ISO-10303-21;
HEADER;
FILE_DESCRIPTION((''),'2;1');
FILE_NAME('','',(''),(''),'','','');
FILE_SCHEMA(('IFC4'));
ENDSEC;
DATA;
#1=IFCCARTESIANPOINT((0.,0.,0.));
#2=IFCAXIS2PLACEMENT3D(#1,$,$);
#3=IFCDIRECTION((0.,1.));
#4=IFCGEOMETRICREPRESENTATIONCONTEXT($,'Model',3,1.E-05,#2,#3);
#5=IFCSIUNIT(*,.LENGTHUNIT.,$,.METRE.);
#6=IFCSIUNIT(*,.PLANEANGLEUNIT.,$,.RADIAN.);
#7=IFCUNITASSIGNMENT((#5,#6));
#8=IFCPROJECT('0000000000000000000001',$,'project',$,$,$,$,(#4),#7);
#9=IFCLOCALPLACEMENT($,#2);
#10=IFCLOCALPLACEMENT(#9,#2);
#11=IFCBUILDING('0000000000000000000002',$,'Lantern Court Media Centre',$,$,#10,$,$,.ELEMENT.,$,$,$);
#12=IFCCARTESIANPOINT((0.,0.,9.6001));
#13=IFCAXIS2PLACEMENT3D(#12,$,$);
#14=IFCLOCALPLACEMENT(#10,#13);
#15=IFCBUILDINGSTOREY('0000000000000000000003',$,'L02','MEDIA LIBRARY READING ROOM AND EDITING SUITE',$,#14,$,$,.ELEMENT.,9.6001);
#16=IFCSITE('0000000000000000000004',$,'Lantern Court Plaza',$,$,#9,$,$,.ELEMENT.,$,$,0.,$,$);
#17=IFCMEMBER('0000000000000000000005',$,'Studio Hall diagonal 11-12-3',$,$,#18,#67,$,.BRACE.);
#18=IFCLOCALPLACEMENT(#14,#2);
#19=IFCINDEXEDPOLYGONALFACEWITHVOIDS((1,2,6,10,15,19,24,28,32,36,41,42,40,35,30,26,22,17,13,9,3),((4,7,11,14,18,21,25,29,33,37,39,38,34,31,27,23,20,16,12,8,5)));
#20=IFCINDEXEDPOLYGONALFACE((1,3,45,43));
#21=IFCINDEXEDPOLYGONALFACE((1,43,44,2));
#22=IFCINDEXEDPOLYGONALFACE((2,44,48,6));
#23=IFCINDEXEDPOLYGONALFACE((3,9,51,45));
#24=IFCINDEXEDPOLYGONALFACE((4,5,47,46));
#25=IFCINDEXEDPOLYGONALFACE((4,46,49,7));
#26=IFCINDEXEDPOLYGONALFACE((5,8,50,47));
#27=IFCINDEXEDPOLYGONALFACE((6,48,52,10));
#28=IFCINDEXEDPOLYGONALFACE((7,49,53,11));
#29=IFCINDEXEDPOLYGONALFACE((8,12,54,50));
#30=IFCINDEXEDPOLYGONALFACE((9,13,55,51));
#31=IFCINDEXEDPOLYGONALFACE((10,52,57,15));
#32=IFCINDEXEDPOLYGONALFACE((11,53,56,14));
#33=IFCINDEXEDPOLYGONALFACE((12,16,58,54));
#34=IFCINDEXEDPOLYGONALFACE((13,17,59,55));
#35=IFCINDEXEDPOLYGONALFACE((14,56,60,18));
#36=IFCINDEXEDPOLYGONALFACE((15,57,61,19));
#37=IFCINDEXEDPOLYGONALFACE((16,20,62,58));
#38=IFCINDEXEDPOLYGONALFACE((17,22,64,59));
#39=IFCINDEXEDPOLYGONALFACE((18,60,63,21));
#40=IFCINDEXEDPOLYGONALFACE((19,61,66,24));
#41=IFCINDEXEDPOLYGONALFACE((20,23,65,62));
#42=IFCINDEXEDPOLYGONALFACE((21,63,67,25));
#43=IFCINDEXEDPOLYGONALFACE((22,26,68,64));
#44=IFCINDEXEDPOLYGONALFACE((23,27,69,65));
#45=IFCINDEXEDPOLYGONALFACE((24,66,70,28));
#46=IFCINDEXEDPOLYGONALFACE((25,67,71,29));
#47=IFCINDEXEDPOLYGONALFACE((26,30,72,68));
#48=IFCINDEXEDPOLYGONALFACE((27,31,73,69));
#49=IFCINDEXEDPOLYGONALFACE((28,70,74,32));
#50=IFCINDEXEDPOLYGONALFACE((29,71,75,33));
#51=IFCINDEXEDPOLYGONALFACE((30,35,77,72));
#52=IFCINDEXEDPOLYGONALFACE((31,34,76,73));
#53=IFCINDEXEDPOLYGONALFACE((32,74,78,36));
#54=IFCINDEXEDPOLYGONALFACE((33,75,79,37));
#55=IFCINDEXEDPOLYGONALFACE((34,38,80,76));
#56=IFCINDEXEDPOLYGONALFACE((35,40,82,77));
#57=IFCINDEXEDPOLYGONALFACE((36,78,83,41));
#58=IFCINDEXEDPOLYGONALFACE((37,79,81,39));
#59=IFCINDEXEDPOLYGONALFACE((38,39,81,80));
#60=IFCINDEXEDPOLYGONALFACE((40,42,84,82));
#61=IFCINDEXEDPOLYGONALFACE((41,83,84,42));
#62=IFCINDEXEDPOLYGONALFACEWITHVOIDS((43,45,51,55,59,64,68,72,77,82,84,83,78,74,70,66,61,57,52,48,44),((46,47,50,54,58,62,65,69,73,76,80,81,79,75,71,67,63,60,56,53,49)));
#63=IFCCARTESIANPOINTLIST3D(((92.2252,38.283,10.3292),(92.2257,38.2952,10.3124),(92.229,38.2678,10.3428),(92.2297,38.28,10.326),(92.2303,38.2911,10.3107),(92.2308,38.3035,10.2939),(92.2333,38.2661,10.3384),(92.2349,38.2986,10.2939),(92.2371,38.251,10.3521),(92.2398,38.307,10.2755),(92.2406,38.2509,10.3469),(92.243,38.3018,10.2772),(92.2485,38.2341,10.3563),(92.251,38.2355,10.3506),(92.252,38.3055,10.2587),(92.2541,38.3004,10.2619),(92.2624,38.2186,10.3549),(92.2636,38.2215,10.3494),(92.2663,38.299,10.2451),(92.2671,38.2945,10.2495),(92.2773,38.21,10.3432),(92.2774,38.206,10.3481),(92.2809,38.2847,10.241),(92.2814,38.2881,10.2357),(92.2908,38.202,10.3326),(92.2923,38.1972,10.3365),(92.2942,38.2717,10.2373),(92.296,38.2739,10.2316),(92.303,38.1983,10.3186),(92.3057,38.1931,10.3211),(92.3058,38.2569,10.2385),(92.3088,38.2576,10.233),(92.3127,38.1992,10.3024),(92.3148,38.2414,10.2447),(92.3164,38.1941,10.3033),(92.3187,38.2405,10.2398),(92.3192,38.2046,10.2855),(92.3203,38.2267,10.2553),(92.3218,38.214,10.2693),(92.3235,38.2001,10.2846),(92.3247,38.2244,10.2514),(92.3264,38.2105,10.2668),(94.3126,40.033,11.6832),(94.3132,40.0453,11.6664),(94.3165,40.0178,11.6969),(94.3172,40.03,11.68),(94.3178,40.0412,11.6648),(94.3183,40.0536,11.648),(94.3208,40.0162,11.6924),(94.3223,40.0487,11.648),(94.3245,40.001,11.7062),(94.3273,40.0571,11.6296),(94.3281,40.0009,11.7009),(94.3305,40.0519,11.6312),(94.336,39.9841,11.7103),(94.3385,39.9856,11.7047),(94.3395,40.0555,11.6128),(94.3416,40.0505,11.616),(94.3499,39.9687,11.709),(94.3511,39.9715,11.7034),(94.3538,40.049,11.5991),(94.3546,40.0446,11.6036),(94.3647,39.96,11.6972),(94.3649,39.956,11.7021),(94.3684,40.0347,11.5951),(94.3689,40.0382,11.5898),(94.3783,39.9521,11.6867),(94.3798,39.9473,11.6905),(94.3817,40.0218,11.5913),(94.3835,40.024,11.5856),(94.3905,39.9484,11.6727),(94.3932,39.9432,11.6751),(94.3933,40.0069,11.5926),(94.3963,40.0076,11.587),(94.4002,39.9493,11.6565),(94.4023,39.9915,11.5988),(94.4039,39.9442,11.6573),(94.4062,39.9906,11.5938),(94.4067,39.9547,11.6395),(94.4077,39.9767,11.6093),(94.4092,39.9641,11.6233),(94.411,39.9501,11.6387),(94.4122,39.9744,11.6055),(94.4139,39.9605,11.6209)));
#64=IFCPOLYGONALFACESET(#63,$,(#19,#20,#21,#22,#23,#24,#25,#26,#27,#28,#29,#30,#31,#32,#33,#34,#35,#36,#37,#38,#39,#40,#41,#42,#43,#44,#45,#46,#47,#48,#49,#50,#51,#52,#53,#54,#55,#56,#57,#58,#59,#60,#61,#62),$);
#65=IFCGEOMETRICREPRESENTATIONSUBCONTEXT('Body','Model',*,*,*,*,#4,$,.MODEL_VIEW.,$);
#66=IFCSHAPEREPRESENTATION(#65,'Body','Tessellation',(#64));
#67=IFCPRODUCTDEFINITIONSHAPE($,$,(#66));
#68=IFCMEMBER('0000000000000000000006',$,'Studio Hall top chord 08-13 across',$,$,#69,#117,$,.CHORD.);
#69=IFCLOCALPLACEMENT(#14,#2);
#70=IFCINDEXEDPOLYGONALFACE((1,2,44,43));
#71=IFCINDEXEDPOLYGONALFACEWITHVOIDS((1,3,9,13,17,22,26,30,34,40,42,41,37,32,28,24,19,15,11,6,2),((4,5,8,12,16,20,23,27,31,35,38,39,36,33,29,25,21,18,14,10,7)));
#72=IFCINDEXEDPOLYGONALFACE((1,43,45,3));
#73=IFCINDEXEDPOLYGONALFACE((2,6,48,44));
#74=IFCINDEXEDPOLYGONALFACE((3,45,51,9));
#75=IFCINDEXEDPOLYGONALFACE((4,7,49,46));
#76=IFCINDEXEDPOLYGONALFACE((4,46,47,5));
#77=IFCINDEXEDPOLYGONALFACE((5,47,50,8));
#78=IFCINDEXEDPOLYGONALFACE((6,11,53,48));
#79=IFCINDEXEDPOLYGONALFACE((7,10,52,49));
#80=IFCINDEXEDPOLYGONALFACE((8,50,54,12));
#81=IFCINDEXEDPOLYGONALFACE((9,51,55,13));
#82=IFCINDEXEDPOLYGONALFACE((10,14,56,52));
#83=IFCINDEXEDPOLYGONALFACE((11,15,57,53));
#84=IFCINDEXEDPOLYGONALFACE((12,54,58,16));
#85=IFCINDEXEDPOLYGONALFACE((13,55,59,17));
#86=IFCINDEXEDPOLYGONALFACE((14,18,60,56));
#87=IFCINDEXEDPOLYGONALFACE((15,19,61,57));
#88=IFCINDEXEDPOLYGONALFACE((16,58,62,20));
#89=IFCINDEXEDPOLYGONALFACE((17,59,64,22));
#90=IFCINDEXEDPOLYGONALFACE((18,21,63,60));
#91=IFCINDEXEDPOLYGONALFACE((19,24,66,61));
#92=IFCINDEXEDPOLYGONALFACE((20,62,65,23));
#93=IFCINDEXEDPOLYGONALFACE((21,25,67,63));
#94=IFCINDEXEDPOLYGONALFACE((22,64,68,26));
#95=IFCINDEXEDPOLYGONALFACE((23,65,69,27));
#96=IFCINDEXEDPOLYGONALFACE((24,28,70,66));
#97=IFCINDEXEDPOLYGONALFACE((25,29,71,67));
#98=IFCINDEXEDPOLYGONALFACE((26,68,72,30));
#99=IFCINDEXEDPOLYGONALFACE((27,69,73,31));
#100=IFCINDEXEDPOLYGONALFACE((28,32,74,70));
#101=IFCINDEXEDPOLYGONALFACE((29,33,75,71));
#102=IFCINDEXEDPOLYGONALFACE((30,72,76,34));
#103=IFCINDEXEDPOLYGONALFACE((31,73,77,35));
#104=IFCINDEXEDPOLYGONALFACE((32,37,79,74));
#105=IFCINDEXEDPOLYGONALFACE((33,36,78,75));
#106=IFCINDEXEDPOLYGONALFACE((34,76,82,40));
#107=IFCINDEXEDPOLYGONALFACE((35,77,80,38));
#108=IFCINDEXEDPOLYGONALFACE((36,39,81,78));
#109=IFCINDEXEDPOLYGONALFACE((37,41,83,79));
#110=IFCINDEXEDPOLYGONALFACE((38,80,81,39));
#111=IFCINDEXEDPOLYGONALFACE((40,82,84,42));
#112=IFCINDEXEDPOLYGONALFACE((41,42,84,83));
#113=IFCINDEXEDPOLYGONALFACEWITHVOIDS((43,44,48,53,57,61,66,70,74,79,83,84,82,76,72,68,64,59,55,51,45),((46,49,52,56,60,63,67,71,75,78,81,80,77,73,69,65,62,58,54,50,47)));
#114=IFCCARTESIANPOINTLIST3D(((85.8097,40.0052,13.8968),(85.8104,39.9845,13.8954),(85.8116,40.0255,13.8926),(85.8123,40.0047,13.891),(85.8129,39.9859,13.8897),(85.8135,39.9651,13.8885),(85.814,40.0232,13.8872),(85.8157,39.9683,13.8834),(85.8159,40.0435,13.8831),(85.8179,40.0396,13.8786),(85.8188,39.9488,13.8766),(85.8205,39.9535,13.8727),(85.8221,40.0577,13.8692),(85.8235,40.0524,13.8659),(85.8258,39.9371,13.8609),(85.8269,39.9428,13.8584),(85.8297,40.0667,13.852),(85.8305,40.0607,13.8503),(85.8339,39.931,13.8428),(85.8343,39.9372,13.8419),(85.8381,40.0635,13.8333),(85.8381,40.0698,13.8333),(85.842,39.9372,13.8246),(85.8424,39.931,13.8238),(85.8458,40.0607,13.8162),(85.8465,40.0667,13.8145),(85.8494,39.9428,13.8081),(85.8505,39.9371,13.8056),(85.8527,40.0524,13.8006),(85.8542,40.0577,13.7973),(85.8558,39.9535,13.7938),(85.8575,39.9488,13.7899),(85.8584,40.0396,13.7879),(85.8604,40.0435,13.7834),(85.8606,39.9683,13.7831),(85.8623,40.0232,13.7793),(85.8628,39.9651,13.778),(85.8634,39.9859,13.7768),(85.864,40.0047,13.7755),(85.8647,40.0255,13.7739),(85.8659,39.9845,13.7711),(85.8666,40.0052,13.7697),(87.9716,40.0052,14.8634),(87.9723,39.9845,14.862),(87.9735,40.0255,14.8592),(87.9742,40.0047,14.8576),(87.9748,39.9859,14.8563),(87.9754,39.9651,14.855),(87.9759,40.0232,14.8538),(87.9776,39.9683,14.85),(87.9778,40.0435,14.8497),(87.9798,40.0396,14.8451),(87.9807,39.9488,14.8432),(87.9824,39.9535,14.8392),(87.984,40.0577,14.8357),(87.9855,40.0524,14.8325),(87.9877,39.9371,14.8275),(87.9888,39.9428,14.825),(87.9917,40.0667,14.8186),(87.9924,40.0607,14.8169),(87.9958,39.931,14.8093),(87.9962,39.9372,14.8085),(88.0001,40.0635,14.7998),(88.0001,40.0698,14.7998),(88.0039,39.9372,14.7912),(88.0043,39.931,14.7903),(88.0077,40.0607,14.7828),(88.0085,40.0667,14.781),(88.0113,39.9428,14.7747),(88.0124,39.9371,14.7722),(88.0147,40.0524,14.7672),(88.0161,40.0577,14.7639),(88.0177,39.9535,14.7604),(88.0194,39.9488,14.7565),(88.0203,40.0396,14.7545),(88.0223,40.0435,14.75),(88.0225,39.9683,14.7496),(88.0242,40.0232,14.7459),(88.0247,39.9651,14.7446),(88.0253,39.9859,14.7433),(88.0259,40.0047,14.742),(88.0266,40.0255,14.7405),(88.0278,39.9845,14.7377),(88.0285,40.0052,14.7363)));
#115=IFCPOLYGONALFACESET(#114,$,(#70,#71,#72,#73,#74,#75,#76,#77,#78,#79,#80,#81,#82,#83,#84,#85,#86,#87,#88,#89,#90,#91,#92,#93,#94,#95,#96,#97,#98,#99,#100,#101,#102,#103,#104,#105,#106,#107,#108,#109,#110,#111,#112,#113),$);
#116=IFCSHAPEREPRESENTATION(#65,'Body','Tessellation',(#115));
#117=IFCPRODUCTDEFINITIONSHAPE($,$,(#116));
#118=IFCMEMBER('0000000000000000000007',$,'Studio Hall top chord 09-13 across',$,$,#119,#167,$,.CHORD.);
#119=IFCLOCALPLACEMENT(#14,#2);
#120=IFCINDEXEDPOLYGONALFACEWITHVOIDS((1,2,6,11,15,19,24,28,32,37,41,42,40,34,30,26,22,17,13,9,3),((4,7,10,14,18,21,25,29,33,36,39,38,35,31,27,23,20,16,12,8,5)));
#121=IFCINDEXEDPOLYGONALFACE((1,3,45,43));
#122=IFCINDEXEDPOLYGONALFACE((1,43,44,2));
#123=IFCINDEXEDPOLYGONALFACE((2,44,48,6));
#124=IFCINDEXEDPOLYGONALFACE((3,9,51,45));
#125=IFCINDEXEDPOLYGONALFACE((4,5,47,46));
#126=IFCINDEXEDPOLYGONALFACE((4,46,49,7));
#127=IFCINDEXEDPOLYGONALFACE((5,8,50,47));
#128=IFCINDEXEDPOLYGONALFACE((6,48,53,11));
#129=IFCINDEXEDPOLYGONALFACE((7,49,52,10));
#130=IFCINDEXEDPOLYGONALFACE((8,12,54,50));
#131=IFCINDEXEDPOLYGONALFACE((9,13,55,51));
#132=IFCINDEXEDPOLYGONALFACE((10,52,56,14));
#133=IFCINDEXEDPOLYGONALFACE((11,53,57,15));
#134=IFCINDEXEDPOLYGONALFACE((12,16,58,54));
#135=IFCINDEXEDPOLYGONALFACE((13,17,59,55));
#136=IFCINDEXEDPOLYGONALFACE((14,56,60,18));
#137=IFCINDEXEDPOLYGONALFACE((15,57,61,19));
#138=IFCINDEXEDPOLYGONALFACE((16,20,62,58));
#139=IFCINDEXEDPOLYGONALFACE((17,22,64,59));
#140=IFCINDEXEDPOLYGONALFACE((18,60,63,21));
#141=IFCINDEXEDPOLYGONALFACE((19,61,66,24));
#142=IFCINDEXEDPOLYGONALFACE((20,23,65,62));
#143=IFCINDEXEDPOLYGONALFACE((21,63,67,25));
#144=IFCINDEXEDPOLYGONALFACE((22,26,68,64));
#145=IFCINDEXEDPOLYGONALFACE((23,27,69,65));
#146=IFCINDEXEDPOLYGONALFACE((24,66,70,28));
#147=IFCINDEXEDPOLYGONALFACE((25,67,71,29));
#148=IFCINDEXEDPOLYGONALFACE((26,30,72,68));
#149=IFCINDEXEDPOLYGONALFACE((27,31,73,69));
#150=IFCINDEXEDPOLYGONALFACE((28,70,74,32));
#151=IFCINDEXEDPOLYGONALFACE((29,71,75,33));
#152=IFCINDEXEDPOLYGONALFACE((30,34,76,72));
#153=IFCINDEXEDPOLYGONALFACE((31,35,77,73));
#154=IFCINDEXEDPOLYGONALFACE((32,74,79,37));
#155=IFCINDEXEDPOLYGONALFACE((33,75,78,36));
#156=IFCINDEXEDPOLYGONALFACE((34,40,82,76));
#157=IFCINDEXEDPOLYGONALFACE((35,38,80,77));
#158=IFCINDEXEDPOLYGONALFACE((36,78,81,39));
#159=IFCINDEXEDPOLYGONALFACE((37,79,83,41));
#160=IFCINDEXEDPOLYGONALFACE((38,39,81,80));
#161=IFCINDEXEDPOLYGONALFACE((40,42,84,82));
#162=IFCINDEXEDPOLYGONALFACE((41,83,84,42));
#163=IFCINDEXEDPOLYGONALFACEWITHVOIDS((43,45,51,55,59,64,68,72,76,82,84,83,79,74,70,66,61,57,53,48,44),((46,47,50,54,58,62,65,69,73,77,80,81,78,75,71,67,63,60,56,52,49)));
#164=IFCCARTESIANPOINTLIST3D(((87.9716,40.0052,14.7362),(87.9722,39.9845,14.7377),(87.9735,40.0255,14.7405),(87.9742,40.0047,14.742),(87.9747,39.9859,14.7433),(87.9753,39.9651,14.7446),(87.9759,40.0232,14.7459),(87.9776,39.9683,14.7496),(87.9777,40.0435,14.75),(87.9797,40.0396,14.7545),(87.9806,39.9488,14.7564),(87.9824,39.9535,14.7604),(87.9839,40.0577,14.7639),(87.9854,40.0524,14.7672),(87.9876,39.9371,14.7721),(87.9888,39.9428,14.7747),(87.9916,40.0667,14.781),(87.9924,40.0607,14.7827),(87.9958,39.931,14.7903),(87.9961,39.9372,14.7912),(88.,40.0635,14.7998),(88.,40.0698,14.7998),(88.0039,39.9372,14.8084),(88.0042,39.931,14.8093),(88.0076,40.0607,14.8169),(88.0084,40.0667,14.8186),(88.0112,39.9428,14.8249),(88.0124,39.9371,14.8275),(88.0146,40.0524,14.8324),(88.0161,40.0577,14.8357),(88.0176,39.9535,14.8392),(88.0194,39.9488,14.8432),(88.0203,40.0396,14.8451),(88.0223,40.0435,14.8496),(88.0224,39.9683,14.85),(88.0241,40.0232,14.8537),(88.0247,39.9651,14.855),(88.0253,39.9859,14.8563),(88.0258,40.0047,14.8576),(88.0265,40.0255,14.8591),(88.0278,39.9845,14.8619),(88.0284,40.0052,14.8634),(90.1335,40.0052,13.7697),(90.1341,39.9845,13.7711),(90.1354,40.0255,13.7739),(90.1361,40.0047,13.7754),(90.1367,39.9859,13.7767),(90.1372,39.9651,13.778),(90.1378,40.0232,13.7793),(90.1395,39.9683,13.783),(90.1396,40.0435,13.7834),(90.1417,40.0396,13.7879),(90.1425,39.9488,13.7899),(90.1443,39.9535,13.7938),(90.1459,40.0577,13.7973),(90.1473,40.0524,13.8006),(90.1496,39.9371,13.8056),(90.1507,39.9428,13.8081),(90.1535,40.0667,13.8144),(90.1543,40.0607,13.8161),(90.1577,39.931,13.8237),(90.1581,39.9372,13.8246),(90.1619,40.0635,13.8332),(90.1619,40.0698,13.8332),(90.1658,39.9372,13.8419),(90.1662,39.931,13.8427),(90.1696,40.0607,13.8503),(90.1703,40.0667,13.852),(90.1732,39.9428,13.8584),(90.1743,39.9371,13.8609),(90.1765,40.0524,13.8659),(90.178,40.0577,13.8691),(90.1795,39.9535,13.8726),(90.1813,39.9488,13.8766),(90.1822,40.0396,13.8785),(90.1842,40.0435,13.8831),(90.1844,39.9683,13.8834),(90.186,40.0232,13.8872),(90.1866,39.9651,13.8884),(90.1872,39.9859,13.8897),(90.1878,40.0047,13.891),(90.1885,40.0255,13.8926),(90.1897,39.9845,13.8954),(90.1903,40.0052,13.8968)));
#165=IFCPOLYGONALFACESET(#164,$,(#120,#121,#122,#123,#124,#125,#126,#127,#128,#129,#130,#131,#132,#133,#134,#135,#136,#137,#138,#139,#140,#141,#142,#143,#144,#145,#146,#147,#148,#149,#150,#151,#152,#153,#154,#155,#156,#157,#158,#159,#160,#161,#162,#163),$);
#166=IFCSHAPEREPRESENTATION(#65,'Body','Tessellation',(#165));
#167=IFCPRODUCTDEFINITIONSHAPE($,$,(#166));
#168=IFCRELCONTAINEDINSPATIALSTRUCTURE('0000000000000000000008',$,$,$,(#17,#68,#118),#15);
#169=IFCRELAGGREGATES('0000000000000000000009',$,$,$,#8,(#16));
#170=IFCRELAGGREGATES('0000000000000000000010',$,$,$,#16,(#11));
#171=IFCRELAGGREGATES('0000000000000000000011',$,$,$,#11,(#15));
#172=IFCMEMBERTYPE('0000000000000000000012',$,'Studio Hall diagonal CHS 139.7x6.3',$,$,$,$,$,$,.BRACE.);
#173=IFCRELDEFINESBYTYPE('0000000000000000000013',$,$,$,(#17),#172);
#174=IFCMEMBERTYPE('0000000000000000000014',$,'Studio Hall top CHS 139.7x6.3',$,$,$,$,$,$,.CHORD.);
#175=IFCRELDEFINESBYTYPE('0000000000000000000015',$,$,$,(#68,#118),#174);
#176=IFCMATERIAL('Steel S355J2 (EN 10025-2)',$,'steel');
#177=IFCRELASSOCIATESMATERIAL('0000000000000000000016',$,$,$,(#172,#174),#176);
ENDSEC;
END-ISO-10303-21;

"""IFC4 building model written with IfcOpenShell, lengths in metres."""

from ifc_helpers import new_model, si_unit, direction, frame, origin, origin_2d, place, context, subcontext, project, spatial, hollow_circle, extrude, material, material_profile, profile_set, type_object, element, save


model = new_model("IFC4")

# Units and contexts
model_context = context("Model", 3, precision=1e-05, world=origin(), true_north=direction((0.0, 1.0)))
body_context = subcontext(model_context, "Body", "Model", "MODEL_VIEW")
ifc_project = project(units=[si_unit("LENGTHUNIT", "METRE"), si_unit("PLANEANGLEUNIT", "RADIAN")], contexts=[model_context])

# Site, building, storey
site_placement = place(None, origin())
site = spatial("IfcSite", under=ifc_project, at=site_placement, Name="Lantern Court Plaza", CompositionType="ELEMENT", RefElevation=0.0)
building_placement = place(site_placement, origin())
building = spatial("IfcBuilding", under=site, at=building_placement, Name="Lantern Court Media Centre", CompositionType="ELEMENT")
storey_placement = place(building_placement, frame((0.0, 0.0, 9.6001)))
storey = spatial("IfcBuildingStorey", under=building, at=storey_placement, Name="L02", Description="MEDIA LIBRARY READING ROOM AND EDITING SUITE", CompositionType="ELEMENT", Elevation=9.6001)

# Members
ifc_material_1 = material(Name="Steel S355J2 (EN 10025-2)", Category="steel")
ifc_material_profile_1 = material_profile(ifc_material_1, hollow_circle(Radius=0.0698, WallThickness=0.0063, at=origin_2d()), Name="Studio Hall diagonal CHS 139.7x6.3")
ifc_profile_set_1 = profile_set([ifc_material_profile_1], Name="Steel S355J2 (EN 10025-2)")
member_type_1 = type_object("IfcMemberType", Name="Studio Hall diagonal CHS 139.7x6.3", PredefinedType="BRACE", material=ifc_profile_set_1)
for number, where, z_axis, x_axis, name in (
    (1, (92.2756, 38.25, 10.2939), (0.68622, 0.575301, 0.44512), (-0.642456, 0.766322, 0.0), "Studio Hall diagonal 11-12-3"),
):
    element("IfcMember", number, at=place(storey_placement, frame(where, z_axis=z_axis, x_axis=x_axis)), inside=storey, type_object=member_type_1, Name=name, PredefinedType="BRACE", context=body_context, shape_type="SweptSolid", body=[
        extrude(hollow_circle(Radius=0.0698, WallThickness=0.0063, at=origin_2d()), origin(), (0.0, 0.0, 1.0), 3.042),
    ])
ifc_material_profile_2 = material_profile(ifc_material_1, hollow_circle(Radius=0.0698, WallThickness=0.0063, at=origin_2d()), Name="Studio Hall top CHS 139.7x6.3")
ifc_profile_set_2 = profile_set([ifc_material_profile_2], Name="Steel S355J2 (EN 10025-2)")
member_type_2 = type_object("IfcMemberType", Name="Studio Hall top CHS 139.7x6.3", PredefinedType="CHORD", material=ifc_profile_set_2)
for number, where, z_axis, x_axis, name in (
    (2, (85.8381, 40.0, 13.8333), (0.912912, 0.0, 0.408156), (0.0, 1.0, 0.0), "Studio Hall top chord 08-13 across"),
    (3, (88.0, 40.0, 14.7998), (0.912912, 0.0, -0.408156), (0.0, 1.0, 0.0), "Studio Hall top chord 09-13 across"),
):
    element("IfcMember", number, at=place(storey_placement, frame(where, z_axis=z_axis, x_axis=x_axis)), inside=storey, type_object=member_type_2, Name=name, PredefinedType="CHORD", context=body_context, shape_type="SweptSolid", body=[
        extrude(hollow_circle(Radius=0.0698, WallThickness=0.0063, at=origin_2d()), origin(), (0.0, 0.0, 1.0), 2.3682),
    ])

save(model, "model.ifc")
